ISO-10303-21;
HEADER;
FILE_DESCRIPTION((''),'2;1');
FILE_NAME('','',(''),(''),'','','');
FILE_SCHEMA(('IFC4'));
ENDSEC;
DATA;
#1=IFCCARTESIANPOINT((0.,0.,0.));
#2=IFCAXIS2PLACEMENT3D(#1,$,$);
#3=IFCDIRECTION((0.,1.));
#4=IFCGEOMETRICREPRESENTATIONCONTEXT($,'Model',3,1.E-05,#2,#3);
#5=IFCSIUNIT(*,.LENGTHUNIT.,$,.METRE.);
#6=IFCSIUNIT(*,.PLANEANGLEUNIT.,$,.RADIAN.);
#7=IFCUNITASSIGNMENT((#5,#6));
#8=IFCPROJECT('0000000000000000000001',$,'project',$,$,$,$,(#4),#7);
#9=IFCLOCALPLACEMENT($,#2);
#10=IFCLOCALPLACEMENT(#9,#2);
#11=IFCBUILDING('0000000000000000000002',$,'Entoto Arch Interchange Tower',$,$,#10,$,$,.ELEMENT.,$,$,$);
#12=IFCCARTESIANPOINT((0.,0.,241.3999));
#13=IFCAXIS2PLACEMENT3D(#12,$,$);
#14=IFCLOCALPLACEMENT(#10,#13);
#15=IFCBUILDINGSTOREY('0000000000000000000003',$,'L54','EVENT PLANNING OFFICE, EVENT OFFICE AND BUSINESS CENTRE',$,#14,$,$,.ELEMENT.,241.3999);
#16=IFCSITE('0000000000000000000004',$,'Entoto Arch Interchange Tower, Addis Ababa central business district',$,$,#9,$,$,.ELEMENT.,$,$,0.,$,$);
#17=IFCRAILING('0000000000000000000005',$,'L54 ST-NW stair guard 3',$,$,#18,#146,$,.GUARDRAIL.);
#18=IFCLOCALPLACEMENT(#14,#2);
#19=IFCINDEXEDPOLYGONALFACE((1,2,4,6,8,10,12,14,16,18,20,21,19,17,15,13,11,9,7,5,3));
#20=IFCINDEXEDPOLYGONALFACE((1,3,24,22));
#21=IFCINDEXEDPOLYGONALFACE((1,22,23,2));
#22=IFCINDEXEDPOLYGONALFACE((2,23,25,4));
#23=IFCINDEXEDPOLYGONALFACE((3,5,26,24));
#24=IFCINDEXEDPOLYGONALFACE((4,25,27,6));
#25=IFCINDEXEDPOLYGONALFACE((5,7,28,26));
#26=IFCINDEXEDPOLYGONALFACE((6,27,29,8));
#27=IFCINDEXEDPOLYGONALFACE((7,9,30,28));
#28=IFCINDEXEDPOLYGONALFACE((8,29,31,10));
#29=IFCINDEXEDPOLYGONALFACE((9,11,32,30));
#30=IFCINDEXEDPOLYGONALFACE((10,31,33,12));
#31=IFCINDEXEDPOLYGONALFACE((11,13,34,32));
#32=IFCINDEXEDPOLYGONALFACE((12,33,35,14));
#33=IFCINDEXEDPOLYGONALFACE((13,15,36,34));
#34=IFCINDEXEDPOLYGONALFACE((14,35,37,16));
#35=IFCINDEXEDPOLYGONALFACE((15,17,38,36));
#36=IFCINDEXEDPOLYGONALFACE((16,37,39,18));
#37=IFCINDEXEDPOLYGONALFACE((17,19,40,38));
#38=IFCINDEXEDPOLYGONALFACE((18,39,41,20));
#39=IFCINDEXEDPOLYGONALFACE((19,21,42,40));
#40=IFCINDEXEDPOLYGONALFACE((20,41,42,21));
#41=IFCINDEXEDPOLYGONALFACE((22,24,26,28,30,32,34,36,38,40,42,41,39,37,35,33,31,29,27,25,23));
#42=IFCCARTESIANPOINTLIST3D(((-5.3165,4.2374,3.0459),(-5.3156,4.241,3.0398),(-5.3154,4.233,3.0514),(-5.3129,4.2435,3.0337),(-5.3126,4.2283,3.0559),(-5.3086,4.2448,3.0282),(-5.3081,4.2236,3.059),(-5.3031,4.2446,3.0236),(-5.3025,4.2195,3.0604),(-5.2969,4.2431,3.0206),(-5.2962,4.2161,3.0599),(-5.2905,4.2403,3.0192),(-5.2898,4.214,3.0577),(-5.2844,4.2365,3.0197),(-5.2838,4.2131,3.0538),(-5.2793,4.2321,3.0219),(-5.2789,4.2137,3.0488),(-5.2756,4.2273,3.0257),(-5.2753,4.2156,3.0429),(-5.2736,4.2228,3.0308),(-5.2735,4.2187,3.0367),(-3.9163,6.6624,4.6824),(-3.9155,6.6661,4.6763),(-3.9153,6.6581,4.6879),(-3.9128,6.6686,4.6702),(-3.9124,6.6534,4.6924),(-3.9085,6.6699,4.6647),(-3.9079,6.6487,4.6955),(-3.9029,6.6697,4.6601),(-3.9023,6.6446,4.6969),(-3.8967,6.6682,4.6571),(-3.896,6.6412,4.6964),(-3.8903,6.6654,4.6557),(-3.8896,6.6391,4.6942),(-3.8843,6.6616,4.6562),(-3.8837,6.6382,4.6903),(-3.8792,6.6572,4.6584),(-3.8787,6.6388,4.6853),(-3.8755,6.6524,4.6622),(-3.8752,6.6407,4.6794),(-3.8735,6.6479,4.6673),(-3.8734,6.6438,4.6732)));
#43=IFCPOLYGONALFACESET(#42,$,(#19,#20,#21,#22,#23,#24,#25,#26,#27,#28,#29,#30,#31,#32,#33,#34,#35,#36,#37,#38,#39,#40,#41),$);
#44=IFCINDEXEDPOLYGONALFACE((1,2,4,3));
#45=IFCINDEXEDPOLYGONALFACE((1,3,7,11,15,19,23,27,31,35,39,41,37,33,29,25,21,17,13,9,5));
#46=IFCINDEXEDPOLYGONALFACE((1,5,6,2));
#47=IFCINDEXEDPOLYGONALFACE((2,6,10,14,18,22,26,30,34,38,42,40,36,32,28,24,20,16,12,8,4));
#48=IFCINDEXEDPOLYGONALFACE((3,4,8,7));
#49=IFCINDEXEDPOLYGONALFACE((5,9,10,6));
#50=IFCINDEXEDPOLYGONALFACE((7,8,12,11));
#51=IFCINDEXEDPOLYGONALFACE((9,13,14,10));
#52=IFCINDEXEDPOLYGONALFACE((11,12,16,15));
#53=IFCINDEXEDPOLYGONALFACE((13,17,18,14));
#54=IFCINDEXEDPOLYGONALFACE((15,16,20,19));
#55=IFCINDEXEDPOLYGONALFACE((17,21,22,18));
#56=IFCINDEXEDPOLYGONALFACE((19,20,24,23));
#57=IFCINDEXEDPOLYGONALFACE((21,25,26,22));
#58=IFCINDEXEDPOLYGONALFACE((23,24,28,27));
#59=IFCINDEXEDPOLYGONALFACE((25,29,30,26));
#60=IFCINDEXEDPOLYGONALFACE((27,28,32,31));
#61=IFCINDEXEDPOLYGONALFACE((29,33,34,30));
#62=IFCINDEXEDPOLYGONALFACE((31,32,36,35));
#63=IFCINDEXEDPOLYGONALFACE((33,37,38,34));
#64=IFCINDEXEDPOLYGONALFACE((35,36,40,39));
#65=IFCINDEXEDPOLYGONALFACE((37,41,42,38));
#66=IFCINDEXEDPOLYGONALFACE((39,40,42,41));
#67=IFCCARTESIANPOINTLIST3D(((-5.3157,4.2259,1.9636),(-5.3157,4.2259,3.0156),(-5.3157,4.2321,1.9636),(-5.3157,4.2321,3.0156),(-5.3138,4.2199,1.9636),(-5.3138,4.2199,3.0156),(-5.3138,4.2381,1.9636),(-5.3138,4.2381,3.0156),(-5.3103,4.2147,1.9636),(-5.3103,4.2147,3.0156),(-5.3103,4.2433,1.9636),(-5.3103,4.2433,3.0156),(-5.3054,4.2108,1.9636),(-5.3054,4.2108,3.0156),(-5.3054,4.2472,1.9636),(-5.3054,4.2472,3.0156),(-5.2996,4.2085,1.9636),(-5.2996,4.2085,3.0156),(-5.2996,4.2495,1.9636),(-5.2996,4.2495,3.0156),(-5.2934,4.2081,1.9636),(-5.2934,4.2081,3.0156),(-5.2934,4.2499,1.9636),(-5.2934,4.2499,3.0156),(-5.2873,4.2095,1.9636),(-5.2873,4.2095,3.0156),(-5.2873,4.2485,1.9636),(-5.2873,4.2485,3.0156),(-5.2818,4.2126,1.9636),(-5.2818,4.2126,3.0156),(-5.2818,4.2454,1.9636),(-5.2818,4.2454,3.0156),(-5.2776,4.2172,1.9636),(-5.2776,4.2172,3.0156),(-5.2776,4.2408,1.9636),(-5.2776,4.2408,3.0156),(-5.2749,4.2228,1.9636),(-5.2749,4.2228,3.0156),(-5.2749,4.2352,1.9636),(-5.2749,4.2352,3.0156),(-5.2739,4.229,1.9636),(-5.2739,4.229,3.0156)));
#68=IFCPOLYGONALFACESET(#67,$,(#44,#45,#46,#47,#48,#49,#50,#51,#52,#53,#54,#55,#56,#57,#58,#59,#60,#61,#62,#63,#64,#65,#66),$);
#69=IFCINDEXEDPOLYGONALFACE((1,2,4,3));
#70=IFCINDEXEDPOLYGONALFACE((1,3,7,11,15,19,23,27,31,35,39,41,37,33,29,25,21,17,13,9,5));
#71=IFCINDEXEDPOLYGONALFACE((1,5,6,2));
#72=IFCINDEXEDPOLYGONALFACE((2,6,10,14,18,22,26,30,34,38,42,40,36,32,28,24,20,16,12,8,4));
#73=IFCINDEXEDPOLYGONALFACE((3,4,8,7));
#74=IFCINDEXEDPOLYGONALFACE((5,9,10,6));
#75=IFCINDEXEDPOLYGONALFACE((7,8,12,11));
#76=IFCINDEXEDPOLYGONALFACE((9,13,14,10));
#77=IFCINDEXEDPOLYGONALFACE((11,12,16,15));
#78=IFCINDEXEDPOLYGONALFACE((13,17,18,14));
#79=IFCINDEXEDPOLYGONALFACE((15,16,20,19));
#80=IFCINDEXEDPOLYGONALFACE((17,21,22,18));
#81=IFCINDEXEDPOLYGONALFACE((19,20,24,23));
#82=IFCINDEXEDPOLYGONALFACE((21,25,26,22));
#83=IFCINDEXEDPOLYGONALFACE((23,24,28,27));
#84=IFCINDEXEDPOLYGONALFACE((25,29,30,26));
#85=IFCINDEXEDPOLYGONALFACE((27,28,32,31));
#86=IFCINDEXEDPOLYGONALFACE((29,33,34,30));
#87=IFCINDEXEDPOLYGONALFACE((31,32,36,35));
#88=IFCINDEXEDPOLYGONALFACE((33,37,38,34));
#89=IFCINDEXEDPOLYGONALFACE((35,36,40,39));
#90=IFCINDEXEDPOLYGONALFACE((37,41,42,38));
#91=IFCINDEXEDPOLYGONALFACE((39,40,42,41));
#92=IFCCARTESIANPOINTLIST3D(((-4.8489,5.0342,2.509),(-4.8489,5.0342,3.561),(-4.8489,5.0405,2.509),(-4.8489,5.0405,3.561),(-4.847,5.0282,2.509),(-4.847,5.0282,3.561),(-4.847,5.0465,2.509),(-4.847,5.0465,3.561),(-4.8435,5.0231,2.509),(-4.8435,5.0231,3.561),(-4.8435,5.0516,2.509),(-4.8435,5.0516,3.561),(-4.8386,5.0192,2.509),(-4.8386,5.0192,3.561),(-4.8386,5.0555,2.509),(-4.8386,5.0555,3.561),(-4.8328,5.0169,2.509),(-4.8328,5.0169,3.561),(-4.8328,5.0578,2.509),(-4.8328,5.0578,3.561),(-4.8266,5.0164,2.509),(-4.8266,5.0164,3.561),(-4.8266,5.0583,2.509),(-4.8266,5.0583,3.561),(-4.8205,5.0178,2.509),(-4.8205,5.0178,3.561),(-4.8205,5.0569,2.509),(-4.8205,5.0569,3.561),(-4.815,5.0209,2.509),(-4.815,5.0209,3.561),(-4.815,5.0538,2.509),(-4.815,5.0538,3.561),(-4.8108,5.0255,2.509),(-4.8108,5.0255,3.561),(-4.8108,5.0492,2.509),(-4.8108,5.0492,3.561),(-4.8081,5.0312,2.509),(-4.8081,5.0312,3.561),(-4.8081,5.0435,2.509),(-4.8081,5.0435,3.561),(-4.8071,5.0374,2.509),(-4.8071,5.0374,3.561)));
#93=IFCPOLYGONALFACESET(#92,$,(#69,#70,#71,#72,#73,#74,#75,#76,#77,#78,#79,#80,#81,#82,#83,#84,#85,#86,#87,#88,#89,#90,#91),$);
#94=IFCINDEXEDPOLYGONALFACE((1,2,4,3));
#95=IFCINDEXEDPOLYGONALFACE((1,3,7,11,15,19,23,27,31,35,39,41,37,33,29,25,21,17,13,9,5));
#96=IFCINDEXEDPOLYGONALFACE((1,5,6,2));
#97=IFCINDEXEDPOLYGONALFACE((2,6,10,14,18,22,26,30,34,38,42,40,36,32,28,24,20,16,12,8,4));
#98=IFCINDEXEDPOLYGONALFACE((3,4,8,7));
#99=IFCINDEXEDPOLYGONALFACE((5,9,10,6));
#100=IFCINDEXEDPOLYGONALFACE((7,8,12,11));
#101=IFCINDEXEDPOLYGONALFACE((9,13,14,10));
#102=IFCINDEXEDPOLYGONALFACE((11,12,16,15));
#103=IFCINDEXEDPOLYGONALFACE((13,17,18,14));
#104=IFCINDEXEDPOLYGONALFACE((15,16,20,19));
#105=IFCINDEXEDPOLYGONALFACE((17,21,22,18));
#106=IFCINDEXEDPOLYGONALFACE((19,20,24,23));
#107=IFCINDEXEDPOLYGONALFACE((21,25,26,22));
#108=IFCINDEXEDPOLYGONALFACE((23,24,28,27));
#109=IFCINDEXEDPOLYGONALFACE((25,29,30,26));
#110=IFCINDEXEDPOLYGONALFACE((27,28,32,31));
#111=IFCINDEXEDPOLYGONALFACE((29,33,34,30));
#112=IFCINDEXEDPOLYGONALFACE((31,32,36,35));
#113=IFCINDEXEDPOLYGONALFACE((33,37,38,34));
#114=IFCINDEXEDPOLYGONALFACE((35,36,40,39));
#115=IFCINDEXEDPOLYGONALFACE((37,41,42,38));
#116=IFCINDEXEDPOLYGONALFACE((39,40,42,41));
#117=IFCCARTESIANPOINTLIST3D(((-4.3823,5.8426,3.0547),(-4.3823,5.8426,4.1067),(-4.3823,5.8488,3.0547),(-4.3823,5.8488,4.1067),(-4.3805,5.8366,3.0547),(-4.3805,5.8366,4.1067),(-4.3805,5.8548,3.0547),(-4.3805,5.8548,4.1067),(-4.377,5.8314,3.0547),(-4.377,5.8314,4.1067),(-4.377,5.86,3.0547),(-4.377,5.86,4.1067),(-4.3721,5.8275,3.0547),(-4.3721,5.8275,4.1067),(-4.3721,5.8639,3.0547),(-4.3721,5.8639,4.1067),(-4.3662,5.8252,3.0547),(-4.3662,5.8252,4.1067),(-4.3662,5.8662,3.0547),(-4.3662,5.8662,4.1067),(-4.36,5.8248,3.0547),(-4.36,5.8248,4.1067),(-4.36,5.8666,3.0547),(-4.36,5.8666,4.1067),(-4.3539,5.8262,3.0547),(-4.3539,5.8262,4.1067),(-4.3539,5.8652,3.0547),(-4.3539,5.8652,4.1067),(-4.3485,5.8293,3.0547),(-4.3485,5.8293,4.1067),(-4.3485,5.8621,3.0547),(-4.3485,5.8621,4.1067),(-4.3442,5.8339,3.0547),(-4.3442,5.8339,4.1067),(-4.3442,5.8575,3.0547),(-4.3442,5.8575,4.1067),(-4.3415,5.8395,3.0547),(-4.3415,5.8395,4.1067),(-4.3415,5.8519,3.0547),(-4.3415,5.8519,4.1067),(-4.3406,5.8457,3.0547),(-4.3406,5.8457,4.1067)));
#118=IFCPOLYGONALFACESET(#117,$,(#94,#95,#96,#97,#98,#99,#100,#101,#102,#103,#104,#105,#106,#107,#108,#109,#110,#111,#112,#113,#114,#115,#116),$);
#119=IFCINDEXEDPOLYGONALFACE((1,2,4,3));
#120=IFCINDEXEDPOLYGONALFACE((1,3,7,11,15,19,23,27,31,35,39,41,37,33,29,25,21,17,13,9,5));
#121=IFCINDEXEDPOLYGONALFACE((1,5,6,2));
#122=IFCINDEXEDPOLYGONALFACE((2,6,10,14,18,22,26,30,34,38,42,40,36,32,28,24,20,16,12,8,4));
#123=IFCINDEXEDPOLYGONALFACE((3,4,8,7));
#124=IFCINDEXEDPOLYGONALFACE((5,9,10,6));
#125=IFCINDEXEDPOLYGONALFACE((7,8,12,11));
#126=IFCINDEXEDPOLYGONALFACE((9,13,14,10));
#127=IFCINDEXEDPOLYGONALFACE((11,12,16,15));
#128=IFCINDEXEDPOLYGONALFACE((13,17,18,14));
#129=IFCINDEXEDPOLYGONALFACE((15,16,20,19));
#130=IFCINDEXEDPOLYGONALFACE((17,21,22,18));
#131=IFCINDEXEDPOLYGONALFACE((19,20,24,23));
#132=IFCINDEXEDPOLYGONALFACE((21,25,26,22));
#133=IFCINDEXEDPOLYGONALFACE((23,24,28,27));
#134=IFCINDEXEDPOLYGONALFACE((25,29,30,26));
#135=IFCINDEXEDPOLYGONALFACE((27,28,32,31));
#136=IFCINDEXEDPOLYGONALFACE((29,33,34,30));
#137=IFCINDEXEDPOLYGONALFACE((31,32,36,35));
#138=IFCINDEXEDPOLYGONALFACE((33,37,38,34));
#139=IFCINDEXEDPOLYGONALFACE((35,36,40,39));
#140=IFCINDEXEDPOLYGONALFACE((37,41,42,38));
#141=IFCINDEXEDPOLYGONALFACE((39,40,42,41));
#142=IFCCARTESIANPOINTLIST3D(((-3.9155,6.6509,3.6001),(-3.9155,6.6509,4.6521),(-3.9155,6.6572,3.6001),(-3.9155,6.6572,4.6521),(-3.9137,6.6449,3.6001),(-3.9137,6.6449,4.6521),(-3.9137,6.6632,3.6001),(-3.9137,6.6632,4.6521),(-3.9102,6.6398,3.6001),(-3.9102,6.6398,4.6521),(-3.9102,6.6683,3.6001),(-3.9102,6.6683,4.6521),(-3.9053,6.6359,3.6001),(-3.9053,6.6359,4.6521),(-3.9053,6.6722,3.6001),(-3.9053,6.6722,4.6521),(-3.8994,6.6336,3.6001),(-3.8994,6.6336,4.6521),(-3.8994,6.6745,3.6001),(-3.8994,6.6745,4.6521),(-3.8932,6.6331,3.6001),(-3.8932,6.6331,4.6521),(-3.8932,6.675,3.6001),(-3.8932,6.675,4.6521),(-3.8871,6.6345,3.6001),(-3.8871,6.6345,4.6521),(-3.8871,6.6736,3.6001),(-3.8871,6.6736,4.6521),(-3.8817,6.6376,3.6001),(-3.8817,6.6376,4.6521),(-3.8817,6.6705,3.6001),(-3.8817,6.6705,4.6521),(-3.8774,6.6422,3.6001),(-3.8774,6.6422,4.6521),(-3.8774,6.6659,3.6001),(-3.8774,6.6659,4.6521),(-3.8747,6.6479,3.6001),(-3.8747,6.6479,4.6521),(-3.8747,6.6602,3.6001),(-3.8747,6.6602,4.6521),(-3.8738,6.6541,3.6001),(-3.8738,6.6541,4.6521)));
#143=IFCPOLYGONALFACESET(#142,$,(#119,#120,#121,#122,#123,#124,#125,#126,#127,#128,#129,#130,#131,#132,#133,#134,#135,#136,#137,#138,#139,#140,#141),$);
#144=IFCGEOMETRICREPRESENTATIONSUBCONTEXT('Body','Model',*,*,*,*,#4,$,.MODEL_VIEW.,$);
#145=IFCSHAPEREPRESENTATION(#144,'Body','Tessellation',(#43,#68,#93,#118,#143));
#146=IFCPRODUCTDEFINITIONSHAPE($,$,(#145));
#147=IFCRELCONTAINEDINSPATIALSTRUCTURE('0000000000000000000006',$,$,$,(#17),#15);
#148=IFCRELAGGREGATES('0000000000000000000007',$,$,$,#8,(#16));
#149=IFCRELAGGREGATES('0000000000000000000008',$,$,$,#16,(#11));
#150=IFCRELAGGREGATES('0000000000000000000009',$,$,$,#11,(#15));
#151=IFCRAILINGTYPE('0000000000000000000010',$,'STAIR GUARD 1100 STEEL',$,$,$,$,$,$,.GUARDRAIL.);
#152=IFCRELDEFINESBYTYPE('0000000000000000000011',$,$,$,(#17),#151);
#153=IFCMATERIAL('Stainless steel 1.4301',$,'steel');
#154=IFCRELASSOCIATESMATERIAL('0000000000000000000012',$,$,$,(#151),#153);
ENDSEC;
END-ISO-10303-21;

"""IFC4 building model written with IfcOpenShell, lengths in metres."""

from ifc_helpers import new_model, si_unit, direction, frame, origin, origin_2d, place, context, subcontext, project, spatial, circle, extrude, material, type_object, element, save


model = new_model("IFC4")

# Units and contexts
model_context = context("Model", 3, precision=1e-05, world=origin(), true_north=direction((0.0, 1.0)))
body_context = subcontext(model_context, "Body", "Model", "MODEL_VIEW")
ifc_project = project(units=[si_unit("LENGTHUNIT", "METRE"), si_unit("PLANEANGLEUNIT", "RADIAN")], contexts=[model_context])

# Site, building, storey
site_placement = place(None, origin())
site = spatial("IfcSite", under=ifc_project, at=site_placement, Name="Entoto Arch Interchange Tower, Addis Ababa central business district", CompositionType="ELEMENT", RefElevation=0.0)
building_placement = place(site_placement, origin())
building = spatial("IfcBuilding", under=site, at=building_placement, Name="Entoto Arch Interchange Tower", CompositionType="ELEMENT")
storey_placement = place(building_placement, frame((0.0, 0.0, 241.3999)))
storey = spatial("IfcBuildingStorey", under=building, at=storey_placement, Name="L54", Description="EVENT PLANNING OFFICE, EVENT OFFICE AND BUSINESS CENTRE", CompositionType="ELEMENT", Elevation=241.3999)

# Railing
ifc_material_1 = material(Name="Stainless steel 1.4301", Category="steel")
railing_type = type_object("IfcRailingType", Name="STAIR GUARD 1100 STEEL", PredefinedType="GUARDRAIL", material=ifc_material_1)
railing_1_placement = place(storey_placement, frame((-5.2949, 4.229, 1.9636)))
element("IfcRailing", 1, at=railing_1_placement, inside=storey, type_object=railing_type, Name="L54 ST-NW stair guard 3", PredefinedType="GUARDRAIL", context=body_context, shape_type="SweptSolid", body=[
    extrude(circle(Radius=0.0239, at=origin_2d()), frame((0.0, 0.0, 1.0762), z_axis=(0.431698, 0.747699, 0.504563), x_axis=(-0.866019, 0.500012, 0.0)), (0.0, 0.0, 1.0), 3.2434),
    extrude(circle(Radius=0.021, at=origin_2d()), origin(), (0.0, 0.0, 1.0), 1.052),
    extrude(circle(Radius=0.021, at=origin_2d()), frame((0.4668, 0.8083, 0.5454)), (0.0, 0.0, 1.0), 1.052),
    extrude(circle(Radius=0.021, at=origin_2d()), frame((0.9333, 1.6167, 1.0911)), (0.0, 0.0, 1.0), 1.052),
    extrude(circle(Radius=0.021, at=origin_2d()), frame((1.4001, 2.425, 1.6365)), (0.0, 0.0, 1.0), 1.052),
])

save(model, "model.ifc")
